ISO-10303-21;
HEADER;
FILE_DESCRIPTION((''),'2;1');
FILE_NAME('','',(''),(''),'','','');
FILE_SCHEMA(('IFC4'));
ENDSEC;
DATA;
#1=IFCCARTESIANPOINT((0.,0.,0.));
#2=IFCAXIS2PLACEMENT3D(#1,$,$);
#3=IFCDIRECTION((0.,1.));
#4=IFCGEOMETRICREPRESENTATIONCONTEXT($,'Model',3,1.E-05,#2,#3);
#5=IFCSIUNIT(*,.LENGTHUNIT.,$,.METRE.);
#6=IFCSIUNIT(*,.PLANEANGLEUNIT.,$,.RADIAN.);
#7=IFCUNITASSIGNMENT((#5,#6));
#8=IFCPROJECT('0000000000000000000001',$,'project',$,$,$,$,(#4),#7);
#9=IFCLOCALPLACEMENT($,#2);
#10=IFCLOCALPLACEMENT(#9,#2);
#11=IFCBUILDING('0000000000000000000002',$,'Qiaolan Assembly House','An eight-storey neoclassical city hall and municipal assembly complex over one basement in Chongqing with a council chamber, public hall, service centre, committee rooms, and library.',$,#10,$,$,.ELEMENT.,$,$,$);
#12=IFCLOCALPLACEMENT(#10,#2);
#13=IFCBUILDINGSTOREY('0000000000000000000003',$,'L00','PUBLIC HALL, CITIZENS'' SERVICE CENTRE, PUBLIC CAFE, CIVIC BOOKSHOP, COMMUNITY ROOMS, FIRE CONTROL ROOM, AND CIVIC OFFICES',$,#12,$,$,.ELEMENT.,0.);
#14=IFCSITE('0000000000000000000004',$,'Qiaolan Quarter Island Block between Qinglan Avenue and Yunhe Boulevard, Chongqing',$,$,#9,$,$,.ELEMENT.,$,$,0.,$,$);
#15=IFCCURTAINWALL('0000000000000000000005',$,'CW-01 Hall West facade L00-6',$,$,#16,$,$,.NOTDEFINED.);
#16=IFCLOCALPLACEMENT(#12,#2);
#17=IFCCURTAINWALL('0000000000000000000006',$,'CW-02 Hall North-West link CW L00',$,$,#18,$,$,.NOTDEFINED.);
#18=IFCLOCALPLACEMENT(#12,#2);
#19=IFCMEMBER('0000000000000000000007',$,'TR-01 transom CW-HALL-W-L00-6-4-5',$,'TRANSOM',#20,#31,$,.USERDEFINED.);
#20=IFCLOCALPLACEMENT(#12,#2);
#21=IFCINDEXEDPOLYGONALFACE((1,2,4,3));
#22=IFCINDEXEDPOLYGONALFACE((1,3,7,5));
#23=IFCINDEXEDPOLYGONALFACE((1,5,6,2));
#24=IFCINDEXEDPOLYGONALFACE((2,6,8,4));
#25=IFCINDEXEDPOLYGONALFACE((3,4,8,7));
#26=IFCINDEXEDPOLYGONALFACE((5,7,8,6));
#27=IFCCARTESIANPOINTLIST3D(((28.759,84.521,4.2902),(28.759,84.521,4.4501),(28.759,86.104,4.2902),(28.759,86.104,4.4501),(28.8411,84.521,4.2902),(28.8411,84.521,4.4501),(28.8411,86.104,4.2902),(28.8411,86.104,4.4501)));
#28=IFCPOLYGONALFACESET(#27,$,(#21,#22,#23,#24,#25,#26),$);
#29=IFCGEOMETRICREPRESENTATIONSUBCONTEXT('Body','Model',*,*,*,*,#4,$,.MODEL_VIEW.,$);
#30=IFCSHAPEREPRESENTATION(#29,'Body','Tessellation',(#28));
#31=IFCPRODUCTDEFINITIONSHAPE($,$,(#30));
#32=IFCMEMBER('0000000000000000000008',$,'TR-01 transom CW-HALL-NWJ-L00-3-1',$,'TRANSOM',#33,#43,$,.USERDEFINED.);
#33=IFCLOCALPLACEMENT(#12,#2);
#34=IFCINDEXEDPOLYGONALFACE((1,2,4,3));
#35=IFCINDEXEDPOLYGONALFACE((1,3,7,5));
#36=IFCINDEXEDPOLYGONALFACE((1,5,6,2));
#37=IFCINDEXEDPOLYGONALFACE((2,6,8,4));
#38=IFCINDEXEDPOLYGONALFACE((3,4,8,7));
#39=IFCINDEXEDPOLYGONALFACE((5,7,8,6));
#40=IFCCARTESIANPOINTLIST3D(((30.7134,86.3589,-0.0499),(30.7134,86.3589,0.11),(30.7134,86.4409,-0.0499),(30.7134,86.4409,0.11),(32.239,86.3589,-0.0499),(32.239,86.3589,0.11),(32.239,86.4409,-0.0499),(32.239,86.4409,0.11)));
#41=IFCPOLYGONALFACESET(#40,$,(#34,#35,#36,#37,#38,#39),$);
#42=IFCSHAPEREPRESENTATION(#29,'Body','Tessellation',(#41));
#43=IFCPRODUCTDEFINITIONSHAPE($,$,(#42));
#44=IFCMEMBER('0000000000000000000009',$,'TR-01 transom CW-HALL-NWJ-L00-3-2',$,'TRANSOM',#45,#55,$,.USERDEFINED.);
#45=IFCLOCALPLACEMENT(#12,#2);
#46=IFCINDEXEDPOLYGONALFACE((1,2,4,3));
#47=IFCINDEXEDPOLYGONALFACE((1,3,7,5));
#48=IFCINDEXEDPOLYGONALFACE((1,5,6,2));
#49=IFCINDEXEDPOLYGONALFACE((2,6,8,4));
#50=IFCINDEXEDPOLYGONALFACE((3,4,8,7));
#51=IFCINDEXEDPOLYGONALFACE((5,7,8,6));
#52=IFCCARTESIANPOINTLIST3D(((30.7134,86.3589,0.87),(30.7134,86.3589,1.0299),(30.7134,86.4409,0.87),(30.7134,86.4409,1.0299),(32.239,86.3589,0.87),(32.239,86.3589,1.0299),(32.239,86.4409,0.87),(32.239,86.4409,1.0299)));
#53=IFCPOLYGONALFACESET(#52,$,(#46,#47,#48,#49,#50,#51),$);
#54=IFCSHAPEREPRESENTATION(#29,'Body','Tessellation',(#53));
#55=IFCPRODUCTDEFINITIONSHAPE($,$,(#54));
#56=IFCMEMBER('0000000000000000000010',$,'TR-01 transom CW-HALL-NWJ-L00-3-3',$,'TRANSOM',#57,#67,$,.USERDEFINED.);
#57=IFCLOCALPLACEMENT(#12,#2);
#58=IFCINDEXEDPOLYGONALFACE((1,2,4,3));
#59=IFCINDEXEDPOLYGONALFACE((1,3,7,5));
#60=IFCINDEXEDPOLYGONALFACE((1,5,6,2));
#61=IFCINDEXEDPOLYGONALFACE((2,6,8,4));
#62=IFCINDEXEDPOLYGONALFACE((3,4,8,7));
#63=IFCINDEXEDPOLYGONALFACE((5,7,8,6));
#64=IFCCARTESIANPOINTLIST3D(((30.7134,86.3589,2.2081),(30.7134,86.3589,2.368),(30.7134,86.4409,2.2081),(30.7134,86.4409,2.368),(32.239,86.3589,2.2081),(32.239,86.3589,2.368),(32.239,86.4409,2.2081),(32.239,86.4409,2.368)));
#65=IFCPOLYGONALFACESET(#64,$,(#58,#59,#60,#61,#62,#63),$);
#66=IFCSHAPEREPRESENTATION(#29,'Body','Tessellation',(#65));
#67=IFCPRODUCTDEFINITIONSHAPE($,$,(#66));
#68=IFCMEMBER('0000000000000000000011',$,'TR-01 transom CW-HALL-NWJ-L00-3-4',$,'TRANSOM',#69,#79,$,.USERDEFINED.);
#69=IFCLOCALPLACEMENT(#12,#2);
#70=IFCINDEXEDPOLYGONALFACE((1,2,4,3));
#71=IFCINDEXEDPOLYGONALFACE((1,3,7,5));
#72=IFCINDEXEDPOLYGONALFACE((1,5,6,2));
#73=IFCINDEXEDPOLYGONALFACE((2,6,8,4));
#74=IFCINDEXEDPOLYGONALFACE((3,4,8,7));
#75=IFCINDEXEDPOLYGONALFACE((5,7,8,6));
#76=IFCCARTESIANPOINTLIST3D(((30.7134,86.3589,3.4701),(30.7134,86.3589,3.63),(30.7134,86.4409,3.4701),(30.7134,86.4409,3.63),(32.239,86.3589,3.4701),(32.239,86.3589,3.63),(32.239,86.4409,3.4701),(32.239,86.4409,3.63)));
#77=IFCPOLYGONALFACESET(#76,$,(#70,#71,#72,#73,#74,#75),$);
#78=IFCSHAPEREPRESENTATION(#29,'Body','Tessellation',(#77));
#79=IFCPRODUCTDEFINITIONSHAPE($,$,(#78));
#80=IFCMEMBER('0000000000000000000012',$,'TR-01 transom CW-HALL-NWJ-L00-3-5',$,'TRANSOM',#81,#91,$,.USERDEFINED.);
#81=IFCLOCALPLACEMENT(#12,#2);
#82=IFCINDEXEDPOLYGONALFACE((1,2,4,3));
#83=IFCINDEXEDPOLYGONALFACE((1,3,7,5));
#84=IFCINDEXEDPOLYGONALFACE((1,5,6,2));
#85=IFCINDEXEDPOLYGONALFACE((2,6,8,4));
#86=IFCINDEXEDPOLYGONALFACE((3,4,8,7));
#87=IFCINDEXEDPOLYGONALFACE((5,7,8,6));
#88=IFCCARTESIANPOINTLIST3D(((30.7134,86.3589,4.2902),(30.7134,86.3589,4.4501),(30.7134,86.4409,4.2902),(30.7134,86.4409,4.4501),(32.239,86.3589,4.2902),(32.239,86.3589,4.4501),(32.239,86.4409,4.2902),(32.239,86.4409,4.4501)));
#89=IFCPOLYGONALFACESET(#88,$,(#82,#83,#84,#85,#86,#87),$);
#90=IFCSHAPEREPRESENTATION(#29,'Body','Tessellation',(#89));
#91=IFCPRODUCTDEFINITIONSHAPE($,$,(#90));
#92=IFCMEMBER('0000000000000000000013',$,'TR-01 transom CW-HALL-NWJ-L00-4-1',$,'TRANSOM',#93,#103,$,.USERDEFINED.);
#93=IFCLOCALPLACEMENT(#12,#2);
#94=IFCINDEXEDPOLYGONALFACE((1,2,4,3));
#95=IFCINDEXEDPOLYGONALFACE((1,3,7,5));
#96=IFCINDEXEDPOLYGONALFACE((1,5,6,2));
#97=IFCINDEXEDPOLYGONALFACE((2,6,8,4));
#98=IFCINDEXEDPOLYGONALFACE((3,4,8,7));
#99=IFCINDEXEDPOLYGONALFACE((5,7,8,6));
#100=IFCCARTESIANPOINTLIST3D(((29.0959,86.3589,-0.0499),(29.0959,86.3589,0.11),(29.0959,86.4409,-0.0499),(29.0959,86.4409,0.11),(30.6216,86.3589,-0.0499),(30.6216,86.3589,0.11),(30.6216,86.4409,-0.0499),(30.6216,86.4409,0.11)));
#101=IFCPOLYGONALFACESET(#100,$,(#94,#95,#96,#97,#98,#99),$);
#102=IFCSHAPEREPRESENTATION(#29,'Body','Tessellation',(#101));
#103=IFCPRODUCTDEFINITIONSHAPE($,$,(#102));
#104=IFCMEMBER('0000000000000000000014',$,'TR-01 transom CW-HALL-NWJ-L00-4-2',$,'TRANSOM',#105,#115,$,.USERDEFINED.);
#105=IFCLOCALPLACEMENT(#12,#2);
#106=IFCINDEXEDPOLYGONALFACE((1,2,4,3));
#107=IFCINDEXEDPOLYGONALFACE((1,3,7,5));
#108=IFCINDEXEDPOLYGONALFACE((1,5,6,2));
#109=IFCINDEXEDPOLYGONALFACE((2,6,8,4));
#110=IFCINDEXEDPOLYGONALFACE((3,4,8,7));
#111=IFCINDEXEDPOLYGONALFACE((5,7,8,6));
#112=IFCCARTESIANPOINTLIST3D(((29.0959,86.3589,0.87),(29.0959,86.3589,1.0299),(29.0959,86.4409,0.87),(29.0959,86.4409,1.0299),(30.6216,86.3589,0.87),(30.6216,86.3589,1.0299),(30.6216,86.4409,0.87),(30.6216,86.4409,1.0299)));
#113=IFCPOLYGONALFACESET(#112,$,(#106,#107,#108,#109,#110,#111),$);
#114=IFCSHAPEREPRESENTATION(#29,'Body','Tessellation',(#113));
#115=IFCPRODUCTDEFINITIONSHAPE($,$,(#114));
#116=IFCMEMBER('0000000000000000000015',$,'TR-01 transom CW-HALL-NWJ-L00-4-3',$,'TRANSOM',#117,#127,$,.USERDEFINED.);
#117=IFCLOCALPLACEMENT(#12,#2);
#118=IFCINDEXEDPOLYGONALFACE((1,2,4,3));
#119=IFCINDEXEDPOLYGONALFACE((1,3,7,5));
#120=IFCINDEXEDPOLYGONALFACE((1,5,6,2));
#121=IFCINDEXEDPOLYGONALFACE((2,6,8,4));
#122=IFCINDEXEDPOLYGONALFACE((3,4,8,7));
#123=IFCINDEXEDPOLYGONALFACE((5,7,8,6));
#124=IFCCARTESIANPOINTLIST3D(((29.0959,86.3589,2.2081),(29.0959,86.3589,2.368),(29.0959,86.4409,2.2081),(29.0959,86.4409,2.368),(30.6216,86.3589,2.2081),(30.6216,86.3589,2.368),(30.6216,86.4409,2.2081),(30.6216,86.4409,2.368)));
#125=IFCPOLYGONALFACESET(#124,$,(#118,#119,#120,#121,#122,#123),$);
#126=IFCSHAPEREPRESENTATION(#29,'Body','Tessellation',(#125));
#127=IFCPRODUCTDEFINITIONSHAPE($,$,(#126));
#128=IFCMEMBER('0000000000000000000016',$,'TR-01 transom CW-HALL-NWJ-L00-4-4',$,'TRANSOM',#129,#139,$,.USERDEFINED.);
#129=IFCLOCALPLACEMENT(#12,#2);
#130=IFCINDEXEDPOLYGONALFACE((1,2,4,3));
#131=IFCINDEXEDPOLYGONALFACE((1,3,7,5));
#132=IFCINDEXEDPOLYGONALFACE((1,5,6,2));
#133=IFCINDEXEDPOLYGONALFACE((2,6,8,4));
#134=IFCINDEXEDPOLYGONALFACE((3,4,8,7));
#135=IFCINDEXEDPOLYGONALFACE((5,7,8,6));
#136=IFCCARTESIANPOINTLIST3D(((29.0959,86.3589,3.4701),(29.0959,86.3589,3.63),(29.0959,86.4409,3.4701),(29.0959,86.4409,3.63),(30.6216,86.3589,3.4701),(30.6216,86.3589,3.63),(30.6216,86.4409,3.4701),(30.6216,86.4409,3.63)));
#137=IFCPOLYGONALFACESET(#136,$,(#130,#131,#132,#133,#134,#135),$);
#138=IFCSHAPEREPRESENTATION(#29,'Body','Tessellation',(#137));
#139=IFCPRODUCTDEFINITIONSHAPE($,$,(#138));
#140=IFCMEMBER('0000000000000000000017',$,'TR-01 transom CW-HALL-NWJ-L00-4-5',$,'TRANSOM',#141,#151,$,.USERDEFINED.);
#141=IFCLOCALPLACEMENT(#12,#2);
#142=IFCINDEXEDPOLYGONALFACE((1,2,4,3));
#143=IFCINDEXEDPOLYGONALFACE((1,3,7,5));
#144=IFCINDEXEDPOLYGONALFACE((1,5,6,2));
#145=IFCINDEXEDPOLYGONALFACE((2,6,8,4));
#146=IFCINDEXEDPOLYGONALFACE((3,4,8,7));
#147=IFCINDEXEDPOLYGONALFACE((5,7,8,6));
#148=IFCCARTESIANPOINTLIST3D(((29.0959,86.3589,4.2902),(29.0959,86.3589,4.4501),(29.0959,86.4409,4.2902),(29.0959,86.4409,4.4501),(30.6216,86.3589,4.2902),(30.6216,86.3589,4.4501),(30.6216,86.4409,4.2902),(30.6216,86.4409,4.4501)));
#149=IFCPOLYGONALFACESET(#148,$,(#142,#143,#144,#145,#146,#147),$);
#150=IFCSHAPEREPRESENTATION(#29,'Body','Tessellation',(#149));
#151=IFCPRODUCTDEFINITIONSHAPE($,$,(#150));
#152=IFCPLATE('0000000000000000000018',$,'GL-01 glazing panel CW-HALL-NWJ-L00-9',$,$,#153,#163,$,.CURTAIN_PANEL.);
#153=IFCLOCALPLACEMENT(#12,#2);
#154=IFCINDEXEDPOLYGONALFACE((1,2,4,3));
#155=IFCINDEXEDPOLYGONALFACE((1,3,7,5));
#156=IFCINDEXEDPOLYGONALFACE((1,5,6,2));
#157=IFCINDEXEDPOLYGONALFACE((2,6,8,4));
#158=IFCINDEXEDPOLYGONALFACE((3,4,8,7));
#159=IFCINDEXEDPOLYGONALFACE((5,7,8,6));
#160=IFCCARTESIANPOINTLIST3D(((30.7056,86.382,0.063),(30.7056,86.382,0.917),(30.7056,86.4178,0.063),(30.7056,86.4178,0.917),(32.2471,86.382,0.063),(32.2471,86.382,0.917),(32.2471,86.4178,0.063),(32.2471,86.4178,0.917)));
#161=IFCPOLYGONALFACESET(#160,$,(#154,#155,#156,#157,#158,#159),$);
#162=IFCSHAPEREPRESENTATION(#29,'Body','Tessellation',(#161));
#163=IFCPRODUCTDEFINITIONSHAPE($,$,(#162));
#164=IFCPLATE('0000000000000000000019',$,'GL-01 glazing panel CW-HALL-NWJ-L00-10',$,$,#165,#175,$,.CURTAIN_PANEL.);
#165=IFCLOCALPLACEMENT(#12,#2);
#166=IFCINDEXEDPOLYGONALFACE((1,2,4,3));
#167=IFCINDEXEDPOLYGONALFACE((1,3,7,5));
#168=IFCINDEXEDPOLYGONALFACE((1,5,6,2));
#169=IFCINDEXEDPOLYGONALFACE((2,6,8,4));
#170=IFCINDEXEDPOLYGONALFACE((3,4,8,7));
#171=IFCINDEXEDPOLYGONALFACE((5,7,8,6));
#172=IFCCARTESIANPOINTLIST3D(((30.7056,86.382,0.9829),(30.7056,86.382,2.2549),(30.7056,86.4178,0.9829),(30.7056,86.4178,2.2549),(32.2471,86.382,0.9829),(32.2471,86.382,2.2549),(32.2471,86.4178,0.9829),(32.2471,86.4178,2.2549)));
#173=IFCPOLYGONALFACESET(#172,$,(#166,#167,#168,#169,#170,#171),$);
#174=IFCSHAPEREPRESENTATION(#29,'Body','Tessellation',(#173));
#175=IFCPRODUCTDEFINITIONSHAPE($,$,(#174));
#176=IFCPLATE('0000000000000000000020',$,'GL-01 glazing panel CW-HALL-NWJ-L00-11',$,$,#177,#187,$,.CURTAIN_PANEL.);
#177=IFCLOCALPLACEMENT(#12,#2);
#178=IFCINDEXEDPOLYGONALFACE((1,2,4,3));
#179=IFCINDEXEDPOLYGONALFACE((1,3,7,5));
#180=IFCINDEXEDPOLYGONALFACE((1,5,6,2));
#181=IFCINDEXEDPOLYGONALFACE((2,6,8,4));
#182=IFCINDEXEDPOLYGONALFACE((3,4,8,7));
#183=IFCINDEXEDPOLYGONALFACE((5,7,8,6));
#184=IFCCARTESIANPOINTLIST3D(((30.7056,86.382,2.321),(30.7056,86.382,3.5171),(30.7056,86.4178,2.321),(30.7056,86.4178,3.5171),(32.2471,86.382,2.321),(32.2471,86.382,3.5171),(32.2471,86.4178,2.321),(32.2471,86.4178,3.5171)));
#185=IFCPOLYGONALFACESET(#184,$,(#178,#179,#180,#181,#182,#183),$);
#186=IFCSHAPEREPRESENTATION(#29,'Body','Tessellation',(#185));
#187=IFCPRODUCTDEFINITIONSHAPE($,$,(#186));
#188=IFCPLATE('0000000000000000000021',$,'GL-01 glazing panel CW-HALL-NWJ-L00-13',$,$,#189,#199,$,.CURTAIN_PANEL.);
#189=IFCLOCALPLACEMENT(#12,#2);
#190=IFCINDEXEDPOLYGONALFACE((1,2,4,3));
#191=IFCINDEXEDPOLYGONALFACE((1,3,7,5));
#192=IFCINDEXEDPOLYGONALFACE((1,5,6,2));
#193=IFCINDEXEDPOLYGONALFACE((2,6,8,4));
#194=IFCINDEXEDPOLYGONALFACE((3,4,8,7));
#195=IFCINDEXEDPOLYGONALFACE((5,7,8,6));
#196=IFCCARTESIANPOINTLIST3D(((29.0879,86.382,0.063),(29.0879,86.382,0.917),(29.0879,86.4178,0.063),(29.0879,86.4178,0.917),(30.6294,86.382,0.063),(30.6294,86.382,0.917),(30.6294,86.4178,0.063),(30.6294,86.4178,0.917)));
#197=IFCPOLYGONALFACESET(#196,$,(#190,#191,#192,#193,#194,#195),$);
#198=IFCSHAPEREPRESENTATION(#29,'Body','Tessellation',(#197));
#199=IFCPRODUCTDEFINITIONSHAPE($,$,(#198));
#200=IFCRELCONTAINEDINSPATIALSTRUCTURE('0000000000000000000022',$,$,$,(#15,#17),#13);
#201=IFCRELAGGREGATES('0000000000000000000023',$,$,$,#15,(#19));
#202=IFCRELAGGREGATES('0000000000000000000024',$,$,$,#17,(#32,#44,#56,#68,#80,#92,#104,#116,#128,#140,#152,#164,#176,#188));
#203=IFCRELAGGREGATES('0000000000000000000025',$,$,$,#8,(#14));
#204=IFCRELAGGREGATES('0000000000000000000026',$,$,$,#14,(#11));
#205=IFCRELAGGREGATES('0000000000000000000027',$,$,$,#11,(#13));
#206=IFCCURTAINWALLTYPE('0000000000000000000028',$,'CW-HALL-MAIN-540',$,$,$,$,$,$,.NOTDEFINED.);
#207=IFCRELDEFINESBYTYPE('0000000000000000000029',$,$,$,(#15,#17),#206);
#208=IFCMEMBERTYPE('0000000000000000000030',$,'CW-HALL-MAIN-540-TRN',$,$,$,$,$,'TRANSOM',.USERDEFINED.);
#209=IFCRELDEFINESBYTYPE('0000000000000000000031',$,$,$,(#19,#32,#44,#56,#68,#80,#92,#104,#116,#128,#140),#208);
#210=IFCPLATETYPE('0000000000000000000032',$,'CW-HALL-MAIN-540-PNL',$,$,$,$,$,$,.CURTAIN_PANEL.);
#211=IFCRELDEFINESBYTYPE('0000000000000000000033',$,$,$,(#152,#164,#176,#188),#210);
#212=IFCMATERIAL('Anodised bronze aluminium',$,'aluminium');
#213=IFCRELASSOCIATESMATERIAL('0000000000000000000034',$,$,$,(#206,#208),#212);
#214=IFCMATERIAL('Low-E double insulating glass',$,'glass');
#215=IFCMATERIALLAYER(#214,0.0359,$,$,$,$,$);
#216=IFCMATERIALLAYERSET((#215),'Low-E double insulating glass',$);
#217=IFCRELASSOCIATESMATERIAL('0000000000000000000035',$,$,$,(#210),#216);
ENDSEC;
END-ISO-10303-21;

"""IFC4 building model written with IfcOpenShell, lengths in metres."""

from ifc_helpers import new_model, si_unit, direction, frame, frame_2d, origin, origin_2d, place, context, subcontext, project, spatial, rectangle, extrude, material, layer, layer_set, material_profile, profile_set, type_object, element, aggregate, save


model = new_model("IFC4")

# Units and contexts
model_context = context("Model", 3, precision=1e-05, world=origin(), true_north=direction((0.0, 1.0)))
body_context = subcontext(model_context, "Body", "Model", "MODEL_VIEW")
ifc_project = project(units=[si_unit("LENGTHUNIT", "METRE"), si_unit("PLANEANGLEUNIT", "RADIAN")], contexts=[model_context])

# Site, building, storey
site_placement = place(None, origin())
site = spatial("IfcSite", under=ifc_project, at=site_placement, Name="Qiaolan Quarter Island Block between Qinglan Avenue and Yunhe Boulevard, Chongqing", CompositionType="ELEMENT", RefElevation=0.0)
building_placement = place(site_placement, origin())
building = spatial("IfcBuilding", under=site, at=building_placement, Name="Qiaolan Assembly House", Description="An eight-storey neoclassical city hall and municipal assembly complex over one basement in Chongqing with a council chamber, public hall, service centre, committee rooms, and library.", CompositionType="ELEMENT")
storey_placement = place(building_placement, origin())
storey = spatial("IfcBuildingStorey", under=building, at=storey_placement, Name="L00", Description="PUBLIC HALL, CITIZENS' SERVICE CENTRE, PUBLIC CAFE, CIVIC BOOKSHOP, COMMUNITY ROOMS, FIRE CONTROL ROOM, AND CIVIC OFFICES", CompositionType="ELEMENT", Elevation=0.0)

# Curtain wall
ifc_material_1 = material(Name="Anodised bronze aluminium", Category="aluminium")
curtain_wall_type = type_object("IfcCurtainWallType", Name="CW-HALL-MAIN-540", PredefinedType="NOTDEFINED", material=ifc_material_1)
curtain_wall_1_placement = place(storey_placement, origin())
curtain_wall_1 = element("IfcCurtainWall", 1, at=curtain_wall_1_placement, inside=storey, type_object=curtain_wall_type, Name="CW-01 Hall West facade L00-6", PredefinedType="NOTDEFINED")

# Curtain wall
curtain_wall_2_placement = place(storey_placement, origin())
curtain_wall_2 = element("IfcCurtainWall", 2, at=curtain_wall_2_placement, inside=storey, type_object=curtain_wall_type, Name="CW-02 Hall North-West link CW L00", PredefinedType="NOTDEFINED")

# Members
ifc_material_profile_1 = material_profile(ifc_material_1, rectangle(XDim=0.082, YDim=0.1599, at=origin_2d()), Name="TRN 82x160")
ifc_profile_set_1 = profile_set([ifc_material_profile_1], Name="Anodised bronze aluminium")
member_type_1 = type_object("IfcMemberType", Name="CW-HALL-MAIN-540-TRN", ElementType="TRANSOM", PredefinedType="USERDEFINED", material=ifc_profile_set_1)
member_1_placement = place(storey_placement, frame((28.8, 84.521, 4.3701), z_axis=(0.0, 1.0, 0.0), x_axis=(-1.0, 0.0, 0.0)))
member_1 = element("IfcMember", 3, at=member_1_placement, type_object=member_type_1, Name="TR-01 transom CW-HALL-W-L00-6-4-5", ObjectType="TRANSOM", PredefinedType="USERDEFINED", context=body_context, shape_type="SweptSolid", body=[
    extrude(rectangle(XDim=0.082, YDim=0.1599, at=origin_2d()), origin(), (0.0, 0.0, 1.0), 1.583),
])
aggregate(curtain_wall_1, [member_1])
member_2_placement = place(storey_placement, frame((32.239, 86.3999, 0.03), z_axis=(-1.0, 0.0, 0.0), x_axis=(0.0, -1.0, 0.0)))
member_2 = element("IfcMember", 4, at=member_2_placement, type_object=member_type_1, Name="TR-01 transom CW-HALL-NWJ-L00-3-1", ObjectType="TRANSOM", PredefinedType="USERDEFINED", context=body_context, shape_type="SweptSolid", body=[
    extrude(rectangle(XDim=0.082, YDim=0.1599, at=origin_2d()), origin(), (0.0, 0.0, 1.0), 1.5256),
])
member_3_placement = place(storey_placement, frame((32.239, 86.3999, 0.95), z_axis=(-1.0, 0.0, 0.0), x_axis=(0.0, -1.0, 0.0)))
member_3 = element("IfcMember", 5, at=member_3_placement, type_object=member_type_1, Name="TR-01 transom CW-HALL-NWJ-L00-3-2", ObjectType="TRANSOM", PredefinedType="USERDEFINED", context=body_context, shape_type="SweptSolid", body=[
    extrude(rectangle(XDim=0.082, YDim=0.1599, at=origin_2d()), origin(), (0.0, 0.0, 1.0), 1.5256),
])
member_4_placement = place(storey_placement, frame((32.239, 86.3999, 2.2881), z_axis=(-1.0, 0.0, 0.0), x_axis=(0.0, -1.0, 0.0)))
member_4 = element("IfcMember", 6, at=member_4_placement, type_object=member_type_1, Name="TR-01 transom CW-HALL-NWJ-L00-3-3", ObjectType="TRANSOM", PredefinedType="USERDEFINED", context=body_context, shape_type="SweptSolid", body=[
    extrude(rectangle(XDim=0.082, YDim=0.1599, at=origin_2d()), origin(), (0.0, 0.0, 1.0), 1.5256),
])
member_5_placement = place(storey_placement, frame((32.239, 86.3999, 3.55), z_axis=(-1.0, 0.0, 0.0), x_axis=(0.0, -1.0, 0.0)))
member_5 = element("IfcMember", 7, at=member_5_placement, type_object=member_type_1, Name="TR-01 transom CW-HALL-NWJ-L00-3-4", ObjectType="TRANSOM", PredefinedType="USERDEFINED", context=body_context, shape_type="SweptSolid", body=[
    extrude(rectangle(XDim=0.082, YDim=0.1599, at=origin_2d()), origin(), (0.0, 0.0, 1.0), 1.5256),
])
member_6_placement = place(storey_placement, frame((32.239, 86.3999, 4.3701), z_axis=(-1.0, 0.0, 0.0), x_axis=(0.0, -1.0, 0.0)))
member_6 = element("IfcMember", 8, at=member_6_placement, type_object=member_type_1, Name="TR-01 transom CW-HALL-NWJ-L00-3-5", ObjectType="TRANSOM", PredefinedType="USERDEFINED", context=body_context, shape_type="SweptSolid", body=[
    extrude(rectangle(XDim=0.082, YDim=0.1599, at=origin_2d()), origin(), (0.0, 0.0, 1.0), 1.5256),
])
member_7_placement = place(storey_placement, frame((30.6216, 86.3999, 0.03), z_axis=(-1.0, 0.0, 0.0), x_axis=(0.0, -1.0, 0.0)))
member_7 = element("IfcMember", 9, at=member_7_placement, type_object=member_type_1, Name="TR-01 transom CW-HALL-NWJ-L00-4-1", ObjectType="TRANSOM", PredefinedType="USERDEFINED", context=body_context, shape_type="SweptSolid", body=[
    extrude(rectangle(XDim=0.082, YDim=0.1599, at=origin_2d()), origin(), (0.0, 0.0, 1.0), 1.5256),
])
member_8_placement = place(storey_placement, frame((30.6216, 86.3999, 0.95), z_axis=(-1.0, 0.0, 0.0), x_axis=(0.0, -1.0, 0.0)))
member_8 = element("IfcMember", 10, at=member_8_placement, type_object=member_type_1, Name="TR-01 transom CW-HALL-NWJ-L00-4-2", ObjectType="TRANSOM", PredefinedType="USERDEFINED", context=body_context, shape_type="SweptSolid", body=[
    extrude(rectangle(XDim=0.082, YDim=0.1599, at=origin_2d()), origin(), (0.0, 0.0, 1.0), 1.5256),
])
member_9_placement = place(storey_placement, frame((30.6216, 86.3999, 2.2881), z_axis=(-1.0, 0.0, 0.0), x_axis=(0.0, -1.0, 0.0)))
member_9 = element("IfcMember", 11, at=member_9_placement, type_object=member_type_1, Name="TR-01 transom CW-HALL-NWJ-L00-4-3", ObjectType="TRANSOM", PredefinedType="USERDEFINED", context=body_context, shape_type="SweptSolid", body=[
    extrude(rectangle(XDim=0.082, YDim=0.1599, at=origin_2d()), origin(), (0.0, 0.0, 1.0), 1.5256),
])
member_10_placement = place(storey_placement, frame((30.6216, 86.3999, 3.55), z_axis=(-1.0, 0.0, 0.0), x_axis=(0.0, -1.0, 0.0)))
member_10 = element("IfcMember", 12, at=member_10_placement, type_object=member_type_1, Name="TR-01 transom CW-HALL-NWJ-L00-4-4", ObjectType="TRANSOM", PredefinedType="USERDEFINED", context=body_context, shape_type="SweptSolid", body=[
    extrude(rectangle(XDim=0.082, YDim=0.1599, at=origin_2d()), origin(), (0.0, 0.0, 1.0), 1.5256),
])
member_11_placement = place(storey_placement, frame((30.6216, 86.3999, 4.3701), z_axis=(-1.0, 0.0, 0.0), x_axis=(0.0, -1.0, 0.0)))
member_11 = element("IfcMember", 13, at=member_11_placement, type_object=member_type_1, Name="TR-01 transom CW-HALL-NWJ-L00-4-5", ObjectType="TRANSOM", PredefinedType="USERDEFINED", context=body_context, shape_type="SweptSolid", body=[
    extrude(rectangle(XDim=0.082, YDim=0.1599, at=origin_2d()), origin(), (0.0, 0.0, 1.0), 1.5256),
])

# Plates
ifc_material_2 = material(Name="Low-E double insulating glass", Category="glass")
ifc_layer = layer(ifc_material_2, 0.0359)
ifc_layer_set = layer_set([ifc_layer], Name="Low-E double insulating glass")
plate_type = type_object("IfcPlateType", Name="CW-HALL-MAIN-540-PNL", PredefinedType="CURTAIN_PANEL", material=ifc_layer_set)
plate_1_placement = place(storey_placement, frame((32.2471, 86.3999, 0.063), z_axis=(0.0, 0.0, 1.0), x_axis=(-1.0, 0.0, 0.0)))
plate_1 = element("IfcPlate", 14, at=plate_1_placement, type_object=plate_type, Name="GL-01 glazing panel CW-HALL-NWJ-L00-9", PredefinedType="CURTAIN_PANEL", context=body_context, shape_type="SweptSolid", body=[
    extrude(rectangle(XDim=1.5415, YDim=0.0359, at=frame_2d((0.7708, 0.0))), origin(), (0.0, 0.0, 1.0), 0.854),
])
plate_2_placement = place(storey_placement, frame((32.2471, 86.3999, 0.9829), z_axis=(0.0, 0.0, 1.0), x_axis=(-1.0, 0.0, 0.0)))
plate_2 = element("IfcPlate", 15, at=plate_2_placement, type_object=plate_type, Name="GL-01 glazing panel CW-HALL-NWJ-L00-10", PredefinedType="CURTAIN_PANEL", context=body_context, shape_type="SweptSolid", body=[
    extrude(rectangle(XDim=1.5415, YDim=0.0359, at=frame_2d((0.7708, 0.0))), origin(), (0.0, 0.0, 1.0), 1.272),
])
plate_3_placement = place(storey_placement, frame((32.2471, 86.3999, 2.321), z_axis=(0.0, 0.0, 1.0), x_axis=(-1.0, 0.0, 0.0)))
plate_3 = element("IfcPlate", 16, at=plate_3_placement, type_object=plate_type, Name="GL-01 glazing panel CW-HALL-NWJ-L00-11", PredefinedType="CURTAIN_PANEL", context=body_context, shape_type="SweptSolid", body=[
    extrude(rectangle(XDim=1.5415, YDim=0.0359, at=frame_2d((0.7708, 0.0))), origin(), (0.0, 0.0, 1.0), 1.196),
])
plate_4_placement = place(storey_placement, frame((30.6294, 86.3999, 0.063), z_axis=(0.0, 0.0, 1.0), x_axis=(-1.0, 0.0, 0.0)))
plate_4 = element("IfcPlate", 17, at=plate_4_placement, type_object=plate_type, Name="GL-01 glazing panel CW-HALL-NWJ-L00-13", PredefinedType="CURTAIN_PANEL", context=body_context, shape_type="SweptSolid", body=[
    extrude(rectangle(XDim=1.5415, YDim=0.0359, at=frame_2d((0.7708, 0.0))), origin(), (0.0, 0.0, 1.0), 0.854),
])
aggregate(curtain_wall_2, [member_2, member_3, member_4, member_5, member_6, member_7, member_8, member_9, member_10, member_11, plate_1, plate_2, plate_3, plate_4])

save(model, "model.ifc")
